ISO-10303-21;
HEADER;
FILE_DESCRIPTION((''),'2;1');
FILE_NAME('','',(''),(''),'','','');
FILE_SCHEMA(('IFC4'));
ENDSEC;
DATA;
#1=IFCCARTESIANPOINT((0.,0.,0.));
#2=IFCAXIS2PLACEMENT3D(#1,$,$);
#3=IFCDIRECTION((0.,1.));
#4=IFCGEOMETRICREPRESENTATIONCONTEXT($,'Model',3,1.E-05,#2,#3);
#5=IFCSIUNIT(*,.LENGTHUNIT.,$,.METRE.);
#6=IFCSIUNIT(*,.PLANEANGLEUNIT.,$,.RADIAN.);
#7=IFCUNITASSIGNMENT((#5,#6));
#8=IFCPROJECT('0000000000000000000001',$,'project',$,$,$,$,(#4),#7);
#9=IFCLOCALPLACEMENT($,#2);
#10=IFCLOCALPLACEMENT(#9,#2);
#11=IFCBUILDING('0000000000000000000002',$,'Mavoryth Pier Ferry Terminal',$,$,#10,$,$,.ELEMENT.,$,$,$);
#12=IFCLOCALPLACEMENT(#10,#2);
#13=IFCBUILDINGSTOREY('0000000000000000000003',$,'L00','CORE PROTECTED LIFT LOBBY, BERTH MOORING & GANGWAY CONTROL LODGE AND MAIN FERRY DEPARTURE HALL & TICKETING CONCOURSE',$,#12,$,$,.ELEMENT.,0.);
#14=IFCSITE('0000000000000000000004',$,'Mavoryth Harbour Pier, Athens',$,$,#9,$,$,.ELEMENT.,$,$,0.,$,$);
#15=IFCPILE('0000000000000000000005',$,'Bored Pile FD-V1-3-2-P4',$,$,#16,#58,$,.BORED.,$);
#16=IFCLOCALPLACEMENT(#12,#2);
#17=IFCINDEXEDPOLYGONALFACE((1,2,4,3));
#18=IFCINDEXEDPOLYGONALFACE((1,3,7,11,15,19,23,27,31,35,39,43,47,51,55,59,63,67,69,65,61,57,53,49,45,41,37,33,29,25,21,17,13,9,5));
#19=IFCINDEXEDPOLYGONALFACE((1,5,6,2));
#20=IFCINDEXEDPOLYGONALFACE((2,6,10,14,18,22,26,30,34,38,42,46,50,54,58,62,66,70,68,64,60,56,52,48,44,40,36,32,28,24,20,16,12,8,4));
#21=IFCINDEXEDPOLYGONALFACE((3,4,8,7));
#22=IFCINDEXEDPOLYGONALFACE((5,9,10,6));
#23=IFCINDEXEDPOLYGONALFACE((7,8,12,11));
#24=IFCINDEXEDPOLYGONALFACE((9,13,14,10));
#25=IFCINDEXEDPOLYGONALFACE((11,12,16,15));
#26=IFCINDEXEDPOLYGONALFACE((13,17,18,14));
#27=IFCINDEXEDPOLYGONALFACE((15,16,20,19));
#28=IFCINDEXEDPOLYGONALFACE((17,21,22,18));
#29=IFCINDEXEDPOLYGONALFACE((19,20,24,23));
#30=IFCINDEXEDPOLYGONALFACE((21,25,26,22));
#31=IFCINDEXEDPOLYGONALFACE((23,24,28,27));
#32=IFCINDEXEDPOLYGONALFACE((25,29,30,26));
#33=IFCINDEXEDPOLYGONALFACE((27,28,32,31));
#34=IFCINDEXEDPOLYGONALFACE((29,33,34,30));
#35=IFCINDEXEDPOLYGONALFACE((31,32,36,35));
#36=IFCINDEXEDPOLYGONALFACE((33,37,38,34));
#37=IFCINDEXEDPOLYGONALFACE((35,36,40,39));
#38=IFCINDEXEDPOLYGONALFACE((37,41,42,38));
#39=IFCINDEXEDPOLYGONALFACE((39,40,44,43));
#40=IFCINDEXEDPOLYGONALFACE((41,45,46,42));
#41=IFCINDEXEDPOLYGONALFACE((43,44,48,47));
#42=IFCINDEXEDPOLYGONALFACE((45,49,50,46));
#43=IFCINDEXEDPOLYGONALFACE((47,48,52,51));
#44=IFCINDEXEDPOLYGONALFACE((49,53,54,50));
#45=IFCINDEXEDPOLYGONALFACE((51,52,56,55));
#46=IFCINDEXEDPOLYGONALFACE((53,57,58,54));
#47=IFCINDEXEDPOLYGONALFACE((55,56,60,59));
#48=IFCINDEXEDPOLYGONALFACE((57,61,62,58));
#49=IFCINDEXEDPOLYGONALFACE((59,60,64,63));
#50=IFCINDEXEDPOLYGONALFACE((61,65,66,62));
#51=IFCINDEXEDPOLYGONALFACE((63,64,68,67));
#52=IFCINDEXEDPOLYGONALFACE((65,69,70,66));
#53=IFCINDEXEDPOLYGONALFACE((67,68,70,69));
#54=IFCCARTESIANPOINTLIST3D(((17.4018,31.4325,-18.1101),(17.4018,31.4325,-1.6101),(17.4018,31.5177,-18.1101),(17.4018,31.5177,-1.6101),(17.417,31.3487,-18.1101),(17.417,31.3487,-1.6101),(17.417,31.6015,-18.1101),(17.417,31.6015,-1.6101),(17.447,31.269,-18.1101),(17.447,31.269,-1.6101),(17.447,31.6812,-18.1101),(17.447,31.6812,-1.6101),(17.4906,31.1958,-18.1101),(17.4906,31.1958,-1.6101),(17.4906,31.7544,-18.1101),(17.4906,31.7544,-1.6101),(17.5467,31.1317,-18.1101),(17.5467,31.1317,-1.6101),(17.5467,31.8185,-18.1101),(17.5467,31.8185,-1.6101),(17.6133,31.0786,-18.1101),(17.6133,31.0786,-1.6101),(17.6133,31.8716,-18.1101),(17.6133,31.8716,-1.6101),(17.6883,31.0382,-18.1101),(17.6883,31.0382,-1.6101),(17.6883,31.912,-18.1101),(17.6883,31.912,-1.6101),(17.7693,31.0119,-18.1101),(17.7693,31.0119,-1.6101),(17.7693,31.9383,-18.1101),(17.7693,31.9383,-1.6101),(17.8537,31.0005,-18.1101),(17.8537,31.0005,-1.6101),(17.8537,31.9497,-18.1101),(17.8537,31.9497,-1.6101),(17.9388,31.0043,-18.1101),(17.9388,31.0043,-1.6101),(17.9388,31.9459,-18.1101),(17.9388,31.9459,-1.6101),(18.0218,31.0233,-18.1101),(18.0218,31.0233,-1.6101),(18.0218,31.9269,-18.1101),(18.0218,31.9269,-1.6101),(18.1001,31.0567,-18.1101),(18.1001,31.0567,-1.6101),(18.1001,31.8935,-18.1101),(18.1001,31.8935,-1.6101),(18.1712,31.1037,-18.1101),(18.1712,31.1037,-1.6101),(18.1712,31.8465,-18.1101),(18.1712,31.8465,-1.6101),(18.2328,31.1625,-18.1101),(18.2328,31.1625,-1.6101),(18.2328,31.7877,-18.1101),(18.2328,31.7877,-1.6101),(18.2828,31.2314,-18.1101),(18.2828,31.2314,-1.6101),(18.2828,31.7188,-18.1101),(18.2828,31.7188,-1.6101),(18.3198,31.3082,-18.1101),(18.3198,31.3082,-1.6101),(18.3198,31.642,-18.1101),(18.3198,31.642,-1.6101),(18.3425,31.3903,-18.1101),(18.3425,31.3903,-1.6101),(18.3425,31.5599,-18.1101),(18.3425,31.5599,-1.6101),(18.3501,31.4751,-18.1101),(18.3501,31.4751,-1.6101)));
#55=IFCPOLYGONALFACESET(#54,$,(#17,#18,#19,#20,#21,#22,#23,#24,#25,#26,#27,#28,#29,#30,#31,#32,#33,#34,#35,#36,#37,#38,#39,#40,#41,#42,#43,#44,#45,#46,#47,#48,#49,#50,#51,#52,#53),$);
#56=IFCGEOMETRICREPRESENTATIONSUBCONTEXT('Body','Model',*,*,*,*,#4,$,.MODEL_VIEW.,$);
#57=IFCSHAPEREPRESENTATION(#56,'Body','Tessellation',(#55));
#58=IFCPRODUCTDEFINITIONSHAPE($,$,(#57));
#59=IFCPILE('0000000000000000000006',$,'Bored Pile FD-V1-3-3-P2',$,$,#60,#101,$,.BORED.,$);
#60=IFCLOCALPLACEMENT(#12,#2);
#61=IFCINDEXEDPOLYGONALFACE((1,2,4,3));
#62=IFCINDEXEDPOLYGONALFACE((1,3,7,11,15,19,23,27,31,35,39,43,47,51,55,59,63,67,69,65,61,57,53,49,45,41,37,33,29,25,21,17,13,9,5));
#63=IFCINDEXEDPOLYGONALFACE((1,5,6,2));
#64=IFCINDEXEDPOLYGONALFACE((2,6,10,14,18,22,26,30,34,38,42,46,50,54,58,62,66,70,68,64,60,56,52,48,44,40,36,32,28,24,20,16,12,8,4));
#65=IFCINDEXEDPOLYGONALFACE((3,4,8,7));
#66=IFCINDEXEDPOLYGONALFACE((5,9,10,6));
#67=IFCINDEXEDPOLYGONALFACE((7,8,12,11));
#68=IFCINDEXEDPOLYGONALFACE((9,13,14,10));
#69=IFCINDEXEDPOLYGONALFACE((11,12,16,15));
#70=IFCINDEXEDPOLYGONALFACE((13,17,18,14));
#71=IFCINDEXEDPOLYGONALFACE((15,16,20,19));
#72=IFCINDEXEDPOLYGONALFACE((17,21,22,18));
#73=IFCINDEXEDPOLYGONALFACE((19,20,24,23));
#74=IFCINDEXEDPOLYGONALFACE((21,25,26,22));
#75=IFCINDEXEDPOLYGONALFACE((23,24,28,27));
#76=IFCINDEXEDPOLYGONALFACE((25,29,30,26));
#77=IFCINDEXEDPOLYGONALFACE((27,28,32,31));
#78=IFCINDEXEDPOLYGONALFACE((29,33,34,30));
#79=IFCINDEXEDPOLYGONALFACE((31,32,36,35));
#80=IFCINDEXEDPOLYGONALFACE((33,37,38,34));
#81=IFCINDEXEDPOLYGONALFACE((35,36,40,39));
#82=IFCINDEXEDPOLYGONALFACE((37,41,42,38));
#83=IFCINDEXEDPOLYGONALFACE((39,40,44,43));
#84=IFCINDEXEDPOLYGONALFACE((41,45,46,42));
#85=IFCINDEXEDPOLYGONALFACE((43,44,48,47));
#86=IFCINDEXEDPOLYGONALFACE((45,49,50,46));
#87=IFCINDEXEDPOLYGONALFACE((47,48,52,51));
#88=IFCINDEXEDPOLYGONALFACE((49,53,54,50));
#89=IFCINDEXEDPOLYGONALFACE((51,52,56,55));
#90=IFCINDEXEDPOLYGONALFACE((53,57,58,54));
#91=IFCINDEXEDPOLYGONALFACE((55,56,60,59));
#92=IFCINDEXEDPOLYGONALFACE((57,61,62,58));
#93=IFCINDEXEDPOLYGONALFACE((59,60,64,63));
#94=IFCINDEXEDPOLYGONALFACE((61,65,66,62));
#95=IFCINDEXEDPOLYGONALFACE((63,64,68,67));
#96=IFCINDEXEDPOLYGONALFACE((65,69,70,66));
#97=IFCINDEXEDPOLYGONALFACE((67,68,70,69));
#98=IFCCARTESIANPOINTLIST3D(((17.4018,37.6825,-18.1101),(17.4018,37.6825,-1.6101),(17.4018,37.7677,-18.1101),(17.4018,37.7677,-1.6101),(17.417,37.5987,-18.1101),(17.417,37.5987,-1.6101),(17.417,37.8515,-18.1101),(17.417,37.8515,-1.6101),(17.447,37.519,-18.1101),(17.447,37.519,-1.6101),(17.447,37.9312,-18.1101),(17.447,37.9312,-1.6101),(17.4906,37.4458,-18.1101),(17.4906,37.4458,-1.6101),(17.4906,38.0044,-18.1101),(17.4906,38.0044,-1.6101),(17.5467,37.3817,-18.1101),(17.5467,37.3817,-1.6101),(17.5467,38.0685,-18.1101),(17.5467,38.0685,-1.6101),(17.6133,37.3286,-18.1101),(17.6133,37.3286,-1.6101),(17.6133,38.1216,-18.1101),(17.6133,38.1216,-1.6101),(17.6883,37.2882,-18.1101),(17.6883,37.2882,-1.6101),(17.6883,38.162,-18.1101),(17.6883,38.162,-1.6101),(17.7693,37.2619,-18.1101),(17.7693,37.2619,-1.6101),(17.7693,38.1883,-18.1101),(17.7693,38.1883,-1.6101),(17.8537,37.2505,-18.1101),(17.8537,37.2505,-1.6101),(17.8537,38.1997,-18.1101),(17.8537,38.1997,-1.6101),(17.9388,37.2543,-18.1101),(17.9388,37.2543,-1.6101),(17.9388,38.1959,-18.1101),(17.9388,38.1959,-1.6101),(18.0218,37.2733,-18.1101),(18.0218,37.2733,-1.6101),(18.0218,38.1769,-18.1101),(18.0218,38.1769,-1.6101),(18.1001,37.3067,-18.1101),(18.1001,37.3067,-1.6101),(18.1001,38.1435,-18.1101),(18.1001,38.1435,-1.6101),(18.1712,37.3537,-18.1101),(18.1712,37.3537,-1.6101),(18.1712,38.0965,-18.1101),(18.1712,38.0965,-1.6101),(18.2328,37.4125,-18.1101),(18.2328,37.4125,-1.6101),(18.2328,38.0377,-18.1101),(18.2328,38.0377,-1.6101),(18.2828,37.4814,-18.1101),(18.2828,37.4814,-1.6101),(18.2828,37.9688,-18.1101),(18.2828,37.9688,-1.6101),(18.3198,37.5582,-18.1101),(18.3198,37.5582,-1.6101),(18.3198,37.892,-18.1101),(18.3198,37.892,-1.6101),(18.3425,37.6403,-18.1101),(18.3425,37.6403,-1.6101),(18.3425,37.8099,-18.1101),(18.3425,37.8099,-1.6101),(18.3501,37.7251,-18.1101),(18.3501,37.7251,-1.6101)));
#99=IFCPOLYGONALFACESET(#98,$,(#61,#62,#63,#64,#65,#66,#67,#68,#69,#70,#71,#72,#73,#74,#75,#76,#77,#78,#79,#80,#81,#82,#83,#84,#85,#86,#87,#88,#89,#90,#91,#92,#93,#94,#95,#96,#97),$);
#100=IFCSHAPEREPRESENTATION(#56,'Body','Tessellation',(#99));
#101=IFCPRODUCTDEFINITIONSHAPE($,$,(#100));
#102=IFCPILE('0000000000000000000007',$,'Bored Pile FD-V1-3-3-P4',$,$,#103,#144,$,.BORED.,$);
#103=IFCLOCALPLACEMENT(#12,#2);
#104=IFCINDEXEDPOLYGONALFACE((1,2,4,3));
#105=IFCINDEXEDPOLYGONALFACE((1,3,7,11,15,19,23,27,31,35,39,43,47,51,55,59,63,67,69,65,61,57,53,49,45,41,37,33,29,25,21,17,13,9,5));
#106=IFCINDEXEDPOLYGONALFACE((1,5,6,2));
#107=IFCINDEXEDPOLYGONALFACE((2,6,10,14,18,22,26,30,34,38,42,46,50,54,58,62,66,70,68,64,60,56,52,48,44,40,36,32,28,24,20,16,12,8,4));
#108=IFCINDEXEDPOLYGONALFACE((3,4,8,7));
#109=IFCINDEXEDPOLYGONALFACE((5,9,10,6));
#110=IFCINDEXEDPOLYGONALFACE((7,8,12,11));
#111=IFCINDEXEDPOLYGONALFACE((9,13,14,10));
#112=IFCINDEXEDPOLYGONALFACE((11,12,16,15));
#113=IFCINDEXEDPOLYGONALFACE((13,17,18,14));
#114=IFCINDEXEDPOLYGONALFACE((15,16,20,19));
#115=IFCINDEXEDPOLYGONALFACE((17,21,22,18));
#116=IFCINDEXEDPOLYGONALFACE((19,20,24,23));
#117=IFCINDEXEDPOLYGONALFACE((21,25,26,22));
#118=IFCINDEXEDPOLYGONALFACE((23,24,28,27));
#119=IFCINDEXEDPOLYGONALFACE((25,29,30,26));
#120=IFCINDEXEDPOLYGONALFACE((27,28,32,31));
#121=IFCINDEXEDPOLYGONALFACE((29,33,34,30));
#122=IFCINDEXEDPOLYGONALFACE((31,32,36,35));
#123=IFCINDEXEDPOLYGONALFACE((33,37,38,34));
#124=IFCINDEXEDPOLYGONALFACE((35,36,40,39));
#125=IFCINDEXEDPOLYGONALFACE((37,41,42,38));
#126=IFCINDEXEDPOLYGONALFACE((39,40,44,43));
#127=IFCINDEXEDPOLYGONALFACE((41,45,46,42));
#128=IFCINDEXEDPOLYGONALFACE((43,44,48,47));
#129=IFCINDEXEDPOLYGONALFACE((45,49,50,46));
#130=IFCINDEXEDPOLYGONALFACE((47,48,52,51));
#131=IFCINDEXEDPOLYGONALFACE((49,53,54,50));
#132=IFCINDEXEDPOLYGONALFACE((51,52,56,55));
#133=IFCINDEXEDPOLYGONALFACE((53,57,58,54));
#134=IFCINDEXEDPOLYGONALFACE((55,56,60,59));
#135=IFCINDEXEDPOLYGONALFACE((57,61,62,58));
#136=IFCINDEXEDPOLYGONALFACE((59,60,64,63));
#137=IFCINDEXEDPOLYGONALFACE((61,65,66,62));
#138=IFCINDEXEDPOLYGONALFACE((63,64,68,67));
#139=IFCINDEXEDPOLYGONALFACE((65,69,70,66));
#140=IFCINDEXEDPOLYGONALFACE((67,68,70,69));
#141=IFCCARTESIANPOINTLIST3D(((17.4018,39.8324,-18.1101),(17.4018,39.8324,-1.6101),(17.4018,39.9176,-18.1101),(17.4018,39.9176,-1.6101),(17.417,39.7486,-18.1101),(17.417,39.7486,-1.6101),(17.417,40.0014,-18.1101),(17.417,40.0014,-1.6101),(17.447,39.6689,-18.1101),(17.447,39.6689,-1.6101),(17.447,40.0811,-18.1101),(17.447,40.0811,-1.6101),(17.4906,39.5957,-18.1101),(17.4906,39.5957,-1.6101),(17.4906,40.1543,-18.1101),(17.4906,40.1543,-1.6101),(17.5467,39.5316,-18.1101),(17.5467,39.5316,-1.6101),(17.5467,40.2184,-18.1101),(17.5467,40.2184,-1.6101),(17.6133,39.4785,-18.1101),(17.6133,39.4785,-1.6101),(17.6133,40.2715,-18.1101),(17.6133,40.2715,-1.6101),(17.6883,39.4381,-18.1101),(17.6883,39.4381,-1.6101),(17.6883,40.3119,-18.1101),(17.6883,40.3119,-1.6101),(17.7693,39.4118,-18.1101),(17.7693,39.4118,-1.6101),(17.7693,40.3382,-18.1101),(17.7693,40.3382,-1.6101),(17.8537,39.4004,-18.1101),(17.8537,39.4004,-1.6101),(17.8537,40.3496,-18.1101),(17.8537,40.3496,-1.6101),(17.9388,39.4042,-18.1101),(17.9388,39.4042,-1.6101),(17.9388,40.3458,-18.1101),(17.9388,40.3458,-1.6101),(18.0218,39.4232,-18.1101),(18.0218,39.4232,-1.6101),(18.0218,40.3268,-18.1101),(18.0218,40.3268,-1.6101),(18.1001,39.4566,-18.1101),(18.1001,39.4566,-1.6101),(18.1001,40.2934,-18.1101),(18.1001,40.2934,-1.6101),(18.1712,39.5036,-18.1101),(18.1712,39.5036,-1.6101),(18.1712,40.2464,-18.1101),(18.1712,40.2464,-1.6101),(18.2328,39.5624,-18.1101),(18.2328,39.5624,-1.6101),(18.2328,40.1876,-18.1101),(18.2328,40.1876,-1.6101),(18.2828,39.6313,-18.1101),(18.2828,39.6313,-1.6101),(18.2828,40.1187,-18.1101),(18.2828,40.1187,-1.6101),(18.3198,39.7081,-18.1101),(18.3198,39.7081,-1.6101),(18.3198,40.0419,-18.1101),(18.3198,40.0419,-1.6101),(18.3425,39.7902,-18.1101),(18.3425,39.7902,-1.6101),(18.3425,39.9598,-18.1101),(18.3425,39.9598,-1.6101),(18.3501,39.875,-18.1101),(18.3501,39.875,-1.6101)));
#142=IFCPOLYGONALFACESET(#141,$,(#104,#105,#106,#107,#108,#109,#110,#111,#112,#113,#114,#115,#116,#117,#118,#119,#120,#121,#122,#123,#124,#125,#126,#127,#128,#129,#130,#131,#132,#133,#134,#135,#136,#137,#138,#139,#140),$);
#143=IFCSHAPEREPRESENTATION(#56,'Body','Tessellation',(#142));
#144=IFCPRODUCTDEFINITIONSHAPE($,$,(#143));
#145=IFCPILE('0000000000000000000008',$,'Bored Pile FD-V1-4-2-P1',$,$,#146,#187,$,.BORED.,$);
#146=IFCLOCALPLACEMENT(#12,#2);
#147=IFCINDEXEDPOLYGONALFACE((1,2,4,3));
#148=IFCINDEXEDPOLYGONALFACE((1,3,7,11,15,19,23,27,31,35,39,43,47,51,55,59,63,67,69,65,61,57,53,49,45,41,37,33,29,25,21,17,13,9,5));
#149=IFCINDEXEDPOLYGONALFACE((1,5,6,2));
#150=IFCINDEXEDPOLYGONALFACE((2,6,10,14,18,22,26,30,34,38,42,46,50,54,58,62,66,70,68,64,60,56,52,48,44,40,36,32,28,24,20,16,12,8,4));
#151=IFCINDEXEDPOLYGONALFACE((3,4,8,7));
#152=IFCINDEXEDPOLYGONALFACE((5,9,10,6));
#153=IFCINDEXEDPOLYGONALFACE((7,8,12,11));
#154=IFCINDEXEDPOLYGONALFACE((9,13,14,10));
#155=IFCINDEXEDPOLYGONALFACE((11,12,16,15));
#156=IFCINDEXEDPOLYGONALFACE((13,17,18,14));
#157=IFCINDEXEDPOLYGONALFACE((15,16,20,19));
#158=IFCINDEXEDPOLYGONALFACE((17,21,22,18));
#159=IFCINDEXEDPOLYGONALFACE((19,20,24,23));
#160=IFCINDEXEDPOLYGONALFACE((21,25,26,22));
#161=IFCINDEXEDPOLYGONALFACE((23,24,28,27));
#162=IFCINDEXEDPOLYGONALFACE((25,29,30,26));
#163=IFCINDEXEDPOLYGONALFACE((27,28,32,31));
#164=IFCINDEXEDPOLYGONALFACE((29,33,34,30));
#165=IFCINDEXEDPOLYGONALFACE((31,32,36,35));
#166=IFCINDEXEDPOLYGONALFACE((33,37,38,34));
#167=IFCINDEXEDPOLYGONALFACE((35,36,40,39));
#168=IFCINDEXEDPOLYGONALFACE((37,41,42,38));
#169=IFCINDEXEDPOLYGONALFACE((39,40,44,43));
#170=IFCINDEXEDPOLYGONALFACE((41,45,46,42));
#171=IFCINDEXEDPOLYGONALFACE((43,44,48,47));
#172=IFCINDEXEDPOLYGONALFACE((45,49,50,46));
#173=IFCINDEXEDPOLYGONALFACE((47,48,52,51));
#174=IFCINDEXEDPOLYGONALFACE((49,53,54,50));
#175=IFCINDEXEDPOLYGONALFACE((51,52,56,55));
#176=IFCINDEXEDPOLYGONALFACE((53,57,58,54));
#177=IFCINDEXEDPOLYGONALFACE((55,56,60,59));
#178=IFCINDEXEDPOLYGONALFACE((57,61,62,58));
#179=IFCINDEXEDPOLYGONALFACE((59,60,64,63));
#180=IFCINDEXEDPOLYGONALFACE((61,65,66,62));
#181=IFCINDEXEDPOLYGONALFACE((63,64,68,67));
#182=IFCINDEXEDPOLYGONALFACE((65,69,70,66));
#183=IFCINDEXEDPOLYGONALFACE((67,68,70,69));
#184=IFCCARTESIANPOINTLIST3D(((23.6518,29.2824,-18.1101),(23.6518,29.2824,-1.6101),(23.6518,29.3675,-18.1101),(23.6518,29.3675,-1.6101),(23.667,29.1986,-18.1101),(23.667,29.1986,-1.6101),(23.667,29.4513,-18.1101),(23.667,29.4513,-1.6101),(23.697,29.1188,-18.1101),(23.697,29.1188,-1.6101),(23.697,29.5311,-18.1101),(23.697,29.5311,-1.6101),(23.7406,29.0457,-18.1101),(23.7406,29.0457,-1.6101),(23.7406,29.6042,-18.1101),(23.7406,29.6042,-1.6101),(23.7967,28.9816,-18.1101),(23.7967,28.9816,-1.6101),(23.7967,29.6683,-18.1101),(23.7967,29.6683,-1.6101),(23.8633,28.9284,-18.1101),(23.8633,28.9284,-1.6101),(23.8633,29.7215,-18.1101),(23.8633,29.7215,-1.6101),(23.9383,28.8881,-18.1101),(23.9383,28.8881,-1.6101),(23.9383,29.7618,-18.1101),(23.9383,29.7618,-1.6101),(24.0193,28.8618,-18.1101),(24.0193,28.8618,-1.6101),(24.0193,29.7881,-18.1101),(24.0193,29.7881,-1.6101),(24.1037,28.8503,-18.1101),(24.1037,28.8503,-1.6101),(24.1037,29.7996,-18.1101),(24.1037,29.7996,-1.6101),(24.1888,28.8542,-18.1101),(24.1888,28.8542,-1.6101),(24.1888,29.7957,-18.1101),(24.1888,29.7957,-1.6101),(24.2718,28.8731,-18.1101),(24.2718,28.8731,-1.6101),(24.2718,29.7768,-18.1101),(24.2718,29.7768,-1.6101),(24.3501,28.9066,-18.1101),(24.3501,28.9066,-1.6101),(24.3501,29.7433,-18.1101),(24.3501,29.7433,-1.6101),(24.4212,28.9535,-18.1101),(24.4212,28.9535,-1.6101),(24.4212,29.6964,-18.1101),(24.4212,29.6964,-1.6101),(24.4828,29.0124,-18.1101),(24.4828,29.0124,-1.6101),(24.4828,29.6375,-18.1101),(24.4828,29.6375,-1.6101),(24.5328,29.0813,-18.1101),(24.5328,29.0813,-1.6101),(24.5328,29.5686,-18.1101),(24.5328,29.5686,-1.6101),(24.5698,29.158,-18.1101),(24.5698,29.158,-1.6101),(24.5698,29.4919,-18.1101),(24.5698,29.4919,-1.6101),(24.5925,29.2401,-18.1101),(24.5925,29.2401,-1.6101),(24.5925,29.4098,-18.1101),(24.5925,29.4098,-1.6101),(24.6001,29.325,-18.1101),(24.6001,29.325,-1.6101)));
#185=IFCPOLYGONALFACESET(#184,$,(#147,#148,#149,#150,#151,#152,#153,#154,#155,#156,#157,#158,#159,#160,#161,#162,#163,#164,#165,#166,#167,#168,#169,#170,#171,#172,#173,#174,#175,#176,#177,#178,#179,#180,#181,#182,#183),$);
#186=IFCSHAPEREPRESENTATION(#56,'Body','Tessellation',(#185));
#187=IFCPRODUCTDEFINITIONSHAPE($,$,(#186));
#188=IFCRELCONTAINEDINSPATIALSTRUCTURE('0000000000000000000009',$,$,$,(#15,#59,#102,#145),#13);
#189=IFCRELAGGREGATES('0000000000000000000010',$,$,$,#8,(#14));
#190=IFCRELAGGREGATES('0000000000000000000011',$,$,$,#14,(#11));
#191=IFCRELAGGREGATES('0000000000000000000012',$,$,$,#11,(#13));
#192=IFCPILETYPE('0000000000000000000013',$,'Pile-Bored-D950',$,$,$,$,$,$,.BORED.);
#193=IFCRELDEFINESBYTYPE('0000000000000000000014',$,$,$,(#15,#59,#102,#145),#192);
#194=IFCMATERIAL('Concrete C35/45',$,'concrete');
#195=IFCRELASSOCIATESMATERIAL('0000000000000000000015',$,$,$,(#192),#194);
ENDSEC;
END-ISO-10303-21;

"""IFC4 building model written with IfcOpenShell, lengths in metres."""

from ifc_helpers import new_model, si_unit, direction, frame, origin, origin_2d, place, context, subcontext, project, spatial, circle, extrude, material, material_profile, profile_set, type_object, element, save


model = new_model("IFC4")

# Units and contexts
model_context = context("Model", 3, precision=1e-05, world=origin(), true_north=direction((0.0, 1.0)))
body_context = subcontext(model_context, "Body", "Model", "MODEL_VIEW")
ifc_project = project(units=[si_unit("LENGTHUNIT", "METRE"), si_unit("PLANEANGLEUNIT", "RADIAN")], contexts=[model_context])

# Site, building, storey
site_placement = place(None, origin())
site = spatial("IfcSite", under=ifc_project, at=site_placement, Name="Mavoryth Harbour Pier, Athens", CompositionType="ELEMENT", RefElevation=0.0)
building_placement = place(site_placement, origin())
building = spatial("IfcBuilding", under=site, at=building_placement, Name="Mavoryth Pier Ferry Terminal", CompositionType="ELEMENT")
storey_placement = place(building_placement, origin())
storey = spatial("IfcBuildingStorey", under=building, at=storey_placement, Name="L00", Description="CORE PROTECTED LIFT LOBBY, BERTH MOORING & GANGWAY CONTROL LODGE AND MAIN FERRY DEPARTURE HALL & TICKETING CONCOURSE", CompositionType="ELEMENT", Elevation=0.0)

# Shared definitions
ifc_material_1 = material(Name="Concrete C35/45", Category="concrete")

# Piles
ifc_material_profile_1 = material_profile(ifc_material_1, circle(Radius=0.4751, at=origin_2d()), Name="PILE D950", Category="concrete")
ifc_profile_set_1 = profile_set([ifc_material_profile_1], Name="Concrete C35/45 - PILE D950")
pile_type_1 = type_object("IfcPileType", Name="Pile-Bored-D950", PredefinedType="BORED", material=ifc_profile_set_1)
for number, where, z_axis, x_axis, name in (
    (1, (17.875, 31.4751, -1.6101), (0.0, 0.0, -1.0), (1.0, 0.0, 0.0), "Bored Pile FD-V1-3-2-P4"),
    (2, (17.875, 37.7251, -1.6101), (0.0, 0.0, -1.0), (1.0, 0.0, 0.0), "Bored Pile FD-V1-3-3-P2"),
    (3, (17.875, 39.875, -1.6101), (0.0, 0.0, -1.0), (1.0, 0.0, 0.0), "Bored Pile FD-V1-3-3-P4"),
    (4, (24.125, 29.325, -1.6101), (0.0, 0.0, -1.0), (1.0, 0.0, 0.0), "Bored Pile FD-V1-4-2-P1"),
):
    element("IfcPile", number, at=place(storey_placement, frame(where, z_axis=z_axis, x_axis=x_axis)), inside=storey, type_object=pile_type_1, Name=name, PredefinedType="BORED", context=body_context, shape_type="SweptSolid", body=[
        extrude(circle(Radius=0.4751, at=origin_2d()), origin(), (0.0, 0.0, 1.0), 16.5),
    ])

save(model, "model.ifc")
